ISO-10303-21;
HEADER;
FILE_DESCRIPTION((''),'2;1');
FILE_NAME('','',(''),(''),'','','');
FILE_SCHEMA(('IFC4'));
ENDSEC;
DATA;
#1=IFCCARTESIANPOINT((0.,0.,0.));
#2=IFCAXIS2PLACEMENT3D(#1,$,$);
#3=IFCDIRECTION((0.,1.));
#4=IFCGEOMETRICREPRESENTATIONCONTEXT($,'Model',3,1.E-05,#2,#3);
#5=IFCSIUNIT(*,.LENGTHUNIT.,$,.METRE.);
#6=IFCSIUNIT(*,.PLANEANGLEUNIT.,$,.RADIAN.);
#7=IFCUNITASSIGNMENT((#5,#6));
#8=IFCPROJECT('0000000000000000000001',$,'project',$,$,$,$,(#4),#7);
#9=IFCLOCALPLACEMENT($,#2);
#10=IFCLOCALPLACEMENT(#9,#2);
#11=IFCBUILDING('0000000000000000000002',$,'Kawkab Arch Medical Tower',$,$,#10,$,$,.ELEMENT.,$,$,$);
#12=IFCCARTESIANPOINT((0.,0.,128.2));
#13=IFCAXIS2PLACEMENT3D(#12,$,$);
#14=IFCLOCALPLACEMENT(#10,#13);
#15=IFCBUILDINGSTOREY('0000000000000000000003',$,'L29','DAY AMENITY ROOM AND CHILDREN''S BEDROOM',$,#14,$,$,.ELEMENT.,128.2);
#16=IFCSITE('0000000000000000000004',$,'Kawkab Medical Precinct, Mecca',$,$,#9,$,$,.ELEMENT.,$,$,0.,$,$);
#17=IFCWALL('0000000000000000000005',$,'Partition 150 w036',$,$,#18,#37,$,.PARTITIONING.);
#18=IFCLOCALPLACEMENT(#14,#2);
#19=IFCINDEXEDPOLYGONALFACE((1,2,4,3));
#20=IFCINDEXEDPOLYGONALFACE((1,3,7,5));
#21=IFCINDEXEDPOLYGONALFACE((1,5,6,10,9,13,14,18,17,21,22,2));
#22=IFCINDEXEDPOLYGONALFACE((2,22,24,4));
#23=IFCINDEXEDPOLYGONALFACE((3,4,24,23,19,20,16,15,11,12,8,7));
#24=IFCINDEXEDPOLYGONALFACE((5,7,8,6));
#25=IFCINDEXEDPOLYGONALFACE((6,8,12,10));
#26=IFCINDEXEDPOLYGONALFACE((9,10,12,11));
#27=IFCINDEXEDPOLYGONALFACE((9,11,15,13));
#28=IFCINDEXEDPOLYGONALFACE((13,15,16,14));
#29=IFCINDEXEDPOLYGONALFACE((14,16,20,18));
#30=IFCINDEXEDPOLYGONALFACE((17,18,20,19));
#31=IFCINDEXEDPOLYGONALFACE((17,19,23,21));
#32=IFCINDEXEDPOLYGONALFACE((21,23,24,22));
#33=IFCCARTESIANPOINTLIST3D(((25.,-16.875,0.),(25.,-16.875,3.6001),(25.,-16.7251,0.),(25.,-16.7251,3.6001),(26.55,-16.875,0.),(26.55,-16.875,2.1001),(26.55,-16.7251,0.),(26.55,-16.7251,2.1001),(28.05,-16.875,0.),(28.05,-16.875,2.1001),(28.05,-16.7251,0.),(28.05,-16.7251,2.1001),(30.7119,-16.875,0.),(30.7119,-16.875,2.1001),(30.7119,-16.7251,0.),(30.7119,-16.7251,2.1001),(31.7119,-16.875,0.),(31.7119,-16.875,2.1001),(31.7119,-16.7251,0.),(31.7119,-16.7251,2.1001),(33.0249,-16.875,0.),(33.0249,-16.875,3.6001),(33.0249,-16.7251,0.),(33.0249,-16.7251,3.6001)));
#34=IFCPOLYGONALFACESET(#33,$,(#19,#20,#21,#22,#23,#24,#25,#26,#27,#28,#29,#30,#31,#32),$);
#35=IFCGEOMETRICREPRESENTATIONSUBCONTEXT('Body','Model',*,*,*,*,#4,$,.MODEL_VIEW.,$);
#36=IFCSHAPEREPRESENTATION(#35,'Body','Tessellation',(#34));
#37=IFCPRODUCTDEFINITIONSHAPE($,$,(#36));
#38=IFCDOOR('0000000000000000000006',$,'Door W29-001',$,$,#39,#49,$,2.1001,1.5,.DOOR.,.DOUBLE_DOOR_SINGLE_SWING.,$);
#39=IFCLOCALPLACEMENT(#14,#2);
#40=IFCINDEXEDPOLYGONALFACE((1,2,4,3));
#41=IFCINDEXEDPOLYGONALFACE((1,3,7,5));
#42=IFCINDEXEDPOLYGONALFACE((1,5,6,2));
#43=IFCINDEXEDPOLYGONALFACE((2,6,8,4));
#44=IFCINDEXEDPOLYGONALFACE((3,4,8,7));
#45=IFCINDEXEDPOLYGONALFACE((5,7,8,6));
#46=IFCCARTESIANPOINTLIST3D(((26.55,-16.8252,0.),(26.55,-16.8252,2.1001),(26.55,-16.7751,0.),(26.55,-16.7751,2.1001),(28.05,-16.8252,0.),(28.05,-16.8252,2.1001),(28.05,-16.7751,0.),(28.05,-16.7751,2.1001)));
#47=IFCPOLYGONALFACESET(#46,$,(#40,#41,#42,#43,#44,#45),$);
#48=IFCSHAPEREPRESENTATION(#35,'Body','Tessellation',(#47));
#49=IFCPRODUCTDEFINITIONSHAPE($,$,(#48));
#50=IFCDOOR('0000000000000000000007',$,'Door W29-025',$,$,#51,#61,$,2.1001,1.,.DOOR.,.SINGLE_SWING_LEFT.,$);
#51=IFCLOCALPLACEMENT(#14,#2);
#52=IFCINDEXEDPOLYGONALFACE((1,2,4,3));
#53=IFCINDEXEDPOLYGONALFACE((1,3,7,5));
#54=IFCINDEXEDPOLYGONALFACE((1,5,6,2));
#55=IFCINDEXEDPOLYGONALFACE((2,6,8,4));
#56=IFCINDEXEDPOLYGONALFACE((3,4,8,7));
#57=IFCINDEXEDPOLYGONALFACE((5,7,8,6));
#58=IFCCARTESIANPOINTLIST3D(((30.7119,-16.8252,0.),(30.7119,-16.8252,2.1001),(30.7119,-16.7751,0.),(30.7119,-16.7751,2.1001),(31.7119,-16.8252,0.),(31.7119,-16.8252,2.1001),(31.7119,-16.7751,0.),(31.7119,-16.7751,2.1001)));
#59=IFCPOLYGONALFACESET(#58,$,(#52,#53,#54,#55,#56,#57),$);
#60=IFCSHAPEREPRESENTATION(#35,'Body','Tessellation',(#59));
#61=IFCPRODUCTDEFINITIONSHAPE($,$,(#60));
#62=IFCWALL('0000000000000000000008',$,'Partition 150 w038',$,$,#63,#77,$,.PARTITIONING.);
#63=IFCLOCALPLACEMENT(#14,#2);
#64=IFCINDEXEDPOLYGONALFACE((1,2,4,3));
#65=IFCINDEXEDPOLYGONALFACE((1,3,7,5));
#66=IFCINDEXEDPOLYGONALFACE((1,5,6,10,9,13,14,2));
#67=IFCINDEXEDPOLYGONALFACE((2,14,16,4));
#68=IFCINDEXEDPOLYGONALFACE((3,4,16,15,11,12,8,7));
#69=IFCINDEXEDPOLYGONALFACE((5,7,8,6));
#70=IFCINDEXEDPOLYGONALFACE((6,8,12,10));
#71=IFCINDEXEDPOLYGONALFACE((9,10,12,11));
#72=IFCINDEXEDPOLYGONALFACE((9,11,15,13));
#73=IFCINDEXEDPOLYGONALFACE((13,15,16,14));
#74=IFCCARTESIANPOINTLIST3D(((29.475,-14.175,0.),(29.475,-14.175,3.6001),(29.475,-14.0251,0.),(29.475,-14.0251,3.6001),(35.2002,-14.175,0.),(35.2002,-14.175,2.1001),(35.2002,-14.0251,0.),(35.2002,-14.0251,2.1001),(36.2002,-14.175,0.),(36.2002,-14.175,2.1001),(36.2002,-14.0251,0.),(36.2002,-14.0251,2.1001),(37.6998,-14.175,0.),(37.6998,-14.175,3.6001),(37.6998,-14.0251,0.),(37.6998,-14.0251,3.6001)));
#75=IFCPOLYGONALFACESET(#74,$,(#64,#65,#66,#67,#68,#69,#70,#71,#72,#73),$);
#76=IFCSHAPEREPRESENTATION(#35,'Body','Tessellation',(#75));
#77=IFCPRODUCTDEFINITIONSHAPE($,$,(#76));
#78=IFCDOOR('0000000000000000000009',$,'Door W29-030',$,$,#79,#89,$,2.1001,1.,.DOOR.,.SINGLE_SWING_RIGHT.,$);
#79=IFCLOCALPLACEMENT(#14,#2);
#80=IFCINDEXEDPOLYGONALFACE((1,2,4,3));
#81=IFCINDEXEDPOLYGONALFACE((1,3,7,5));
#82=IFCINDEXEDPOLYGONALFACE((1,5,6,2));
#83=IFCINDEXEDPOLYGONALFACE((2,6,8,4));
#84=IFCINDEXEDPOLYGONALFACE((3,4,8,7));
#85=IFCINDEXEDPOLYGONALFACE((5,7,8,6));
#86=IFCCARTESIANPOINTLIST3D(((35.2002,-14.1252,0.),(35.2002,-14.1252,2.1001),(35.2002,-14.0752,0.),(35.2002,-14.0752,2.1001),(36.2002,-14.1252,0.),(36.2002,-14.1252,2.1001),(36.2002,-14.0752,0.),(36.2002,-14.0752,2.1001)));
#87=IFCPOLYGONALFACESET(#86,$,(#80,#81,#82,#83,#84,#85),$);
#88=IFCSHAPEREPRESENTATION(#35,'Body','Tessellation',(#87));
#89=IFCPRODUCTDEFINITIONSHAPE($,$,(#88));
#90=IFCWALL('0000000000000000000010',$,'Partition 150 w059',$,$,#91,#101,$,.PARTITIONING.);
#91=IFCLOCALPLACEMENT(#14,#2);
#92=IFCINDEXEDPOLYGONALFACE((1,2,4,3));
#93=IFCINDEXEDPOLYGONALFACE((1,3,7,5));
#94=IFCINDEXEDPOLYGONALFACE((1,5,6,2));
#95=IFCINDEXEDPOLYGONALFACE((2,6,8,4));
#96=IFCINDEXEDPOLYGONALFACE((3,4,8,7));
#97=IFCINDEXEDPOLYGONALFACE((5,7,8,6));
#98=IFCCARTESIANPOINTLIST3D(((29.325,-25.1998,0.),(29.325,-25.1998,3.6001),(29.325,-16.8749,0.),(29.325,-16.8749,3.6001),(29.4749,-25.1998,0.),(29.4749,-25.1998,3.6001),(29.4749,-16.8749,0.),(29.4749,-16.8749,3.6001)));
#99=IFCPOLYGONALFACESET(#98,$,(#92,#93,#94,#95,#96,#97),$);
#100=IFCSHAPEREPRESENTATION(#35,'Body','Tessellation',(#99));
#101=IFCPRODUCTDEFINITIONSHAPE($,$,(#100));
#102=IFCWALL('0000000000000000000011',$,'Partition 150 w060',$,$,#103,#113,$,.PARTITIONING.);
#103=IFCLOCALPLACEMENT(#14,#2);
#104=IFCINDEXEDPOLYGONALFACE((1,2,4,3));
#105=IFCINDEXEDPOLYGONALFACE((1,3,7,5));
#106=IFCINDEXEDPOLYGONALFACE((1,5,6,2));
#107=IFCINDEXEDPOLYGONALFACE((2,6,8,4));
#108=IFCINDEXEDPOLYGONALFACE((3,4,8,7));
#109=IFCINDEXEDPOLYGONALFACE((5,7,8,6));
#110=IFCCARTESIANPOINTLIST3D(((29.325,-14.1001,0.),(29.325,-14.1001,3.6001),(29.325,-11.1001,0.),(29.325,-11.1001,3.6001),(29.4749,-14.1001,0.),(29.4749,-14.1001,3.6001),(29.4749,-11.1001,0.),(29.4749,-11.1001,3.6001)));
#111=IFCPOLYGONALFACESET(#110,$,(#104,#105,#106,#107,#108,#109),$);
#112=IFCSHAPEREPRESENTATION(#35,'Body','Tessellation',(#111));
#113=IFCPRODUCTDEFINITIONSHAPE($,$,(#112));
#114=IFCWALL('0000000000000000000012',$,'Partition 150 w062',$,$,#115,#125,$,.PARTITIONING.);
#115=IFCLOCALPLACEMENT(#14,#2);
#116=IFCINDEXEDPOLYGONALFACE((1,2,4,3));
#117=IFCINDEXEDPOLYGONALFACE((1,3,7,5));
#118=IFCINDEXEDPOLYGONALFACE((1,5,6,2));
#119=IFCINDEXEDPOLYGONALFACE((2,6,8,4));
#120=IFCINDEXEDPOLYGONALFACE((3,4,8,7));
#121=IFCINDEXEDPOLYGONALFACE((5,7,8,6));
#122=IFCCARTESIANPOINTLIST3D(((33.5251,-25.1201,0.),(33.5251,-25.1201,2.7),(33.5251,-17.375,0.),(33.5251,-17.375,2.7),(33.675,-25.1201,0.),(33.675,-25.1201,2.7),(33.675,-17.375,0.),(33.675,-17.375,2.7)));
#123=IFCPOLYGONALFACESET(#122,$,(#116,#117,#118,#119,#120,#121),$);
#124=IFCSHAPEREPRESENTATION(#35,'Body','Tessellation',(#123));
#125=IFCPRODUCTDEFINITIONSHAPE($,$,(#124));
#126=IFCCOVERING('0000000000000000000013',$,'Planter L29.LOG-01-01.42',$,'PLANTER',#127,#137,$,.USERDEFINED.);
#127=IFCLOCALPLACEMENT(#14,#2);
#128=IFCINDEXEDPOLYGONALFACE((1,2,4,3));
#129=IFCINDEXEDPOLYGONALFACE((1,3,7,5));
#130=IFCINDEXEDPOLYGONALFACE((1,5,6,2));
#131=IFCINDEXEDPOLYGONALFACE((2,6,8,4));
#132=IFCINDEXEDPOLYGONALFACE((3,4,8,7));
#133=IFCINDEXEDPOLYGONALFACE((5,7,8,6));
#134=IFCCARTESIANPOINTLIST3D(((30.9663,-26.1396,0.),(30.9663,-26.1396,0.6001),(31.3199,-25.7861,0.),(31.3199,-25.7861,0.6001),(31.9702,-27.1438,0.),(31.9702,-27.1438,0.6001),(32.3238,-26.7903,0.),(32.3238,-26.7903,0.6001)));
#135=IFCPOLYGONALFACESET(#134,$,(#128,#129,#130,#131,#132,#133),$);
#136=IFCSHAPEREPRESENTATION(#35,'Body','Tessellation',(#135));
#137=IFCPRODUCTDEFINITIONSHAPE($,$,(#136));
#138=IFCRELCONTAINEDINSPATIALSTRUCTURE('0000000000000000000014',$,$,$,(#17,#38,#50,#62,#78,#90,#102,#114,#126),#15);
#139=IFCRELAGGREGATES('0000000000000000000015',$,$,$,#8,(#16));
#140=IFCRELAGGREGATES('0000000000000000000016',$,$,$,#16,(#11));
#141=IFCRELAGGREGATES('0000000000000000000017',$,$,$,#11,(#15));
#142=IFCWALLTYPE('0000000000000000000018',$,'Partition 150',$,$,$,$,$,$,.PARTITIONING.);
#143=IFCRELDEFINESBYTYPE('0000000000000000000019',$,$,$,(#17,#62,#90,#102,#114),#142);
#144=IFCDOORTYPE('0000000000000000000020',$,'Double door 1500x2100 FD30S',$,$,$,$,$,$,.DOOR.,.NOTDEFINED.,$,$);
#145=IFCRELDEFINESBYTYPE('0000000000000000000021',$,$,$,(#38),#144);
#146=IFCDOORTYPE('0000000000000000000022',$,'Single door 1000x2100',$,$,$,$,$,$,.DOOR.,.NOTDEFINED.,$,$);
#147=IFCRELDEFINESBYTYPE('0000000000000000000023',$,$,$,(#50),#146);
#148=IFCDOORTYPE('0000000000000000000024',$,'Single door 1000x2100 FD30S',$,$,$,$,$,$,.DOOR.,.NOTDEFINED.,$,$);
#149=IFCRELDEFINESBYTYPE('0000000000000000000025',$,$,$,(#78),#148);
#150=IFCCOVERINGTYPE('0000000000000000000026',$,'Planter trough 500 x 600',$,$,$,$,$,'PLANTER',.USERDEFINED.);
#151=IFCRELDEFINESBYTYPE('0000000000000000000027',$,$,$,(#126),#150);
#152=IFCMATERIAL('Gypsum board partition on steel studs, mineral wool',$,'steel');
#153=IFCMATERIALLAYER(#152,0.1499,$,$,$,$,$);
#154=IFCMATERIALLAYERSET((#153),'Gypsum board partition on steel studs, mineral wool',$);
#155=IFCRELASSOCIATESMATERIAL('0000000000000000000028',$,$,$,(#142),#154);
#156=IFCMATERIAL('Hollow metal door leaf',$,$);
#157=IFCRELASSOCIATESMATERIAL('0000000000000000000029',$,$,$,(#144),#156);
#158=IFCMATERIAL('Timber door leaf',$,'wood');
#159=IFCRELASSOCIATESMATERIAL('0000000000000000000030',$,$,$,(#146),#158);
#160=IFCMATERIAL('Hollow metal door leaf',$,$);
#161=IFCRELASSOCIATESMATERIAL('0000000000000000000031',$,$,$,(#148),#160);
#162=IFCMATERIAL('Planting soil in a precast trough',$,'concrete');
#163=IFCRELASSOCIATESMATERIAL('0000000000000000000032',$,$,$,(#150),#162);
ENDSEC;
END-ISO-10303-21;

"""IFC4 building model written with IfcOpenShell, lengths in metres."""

from ifc_helpers import new_model, si_unit, direction, frame, frame_2d, origin, origin_2d, place, context, subcontext, project, spatial, rectangle, extrude, material, layer, layer_set, material_profile, profile_set, type_object, element, fill, save


model = new_model("IFC4")

# Units and contexts
model_context = context("Model", 3, precision=1e-05, world=origin(), true_north=direction((0.0, 1.0)))
body_context = subcontext(model_context, "Body", "Model", "MODEL_VIEW")
ifc_project = project(units=[si_unit("LENGTHUNIT", "METRE"), si_unit("PLANEANGLEUNIT", "RADIAN")], contexts=[model_context])

# Site, building, storey
site_placement = place(None, origin())
site = spatial("IfcSite", under=ifc_project, at=site_placement, Name="Kawkab Medical Precinct, Mecca", CompositionType="ELEMENT", RefElevation=0.0)
building_placement = place(site_placement, origin())
building = spatial("IfcBuilding", under=site, at=building_placement, Name="Kawkab Arch Medical Tower", CompositionType="ELEMENT")
storey_placement = place(building_placement, frame((0.0, 0.0, 128.2)))
storey = spatial("IfcBuildingStorey", under=building, at=storey_placement, Name="L29", Description="DAY AMENITY ROOM AND CHILDREN'S BEDROOM", CompositionType="ELEMENT", Elevation=128.2)

# Shared definitions
ifc_material_1 = material(Name="Gypsum board partition on steel studs, mineral wool", Category="steel")
ifc_layer_1 = layer(ifc_material_1, 0.1499)
ifc_layer_set_1 = layer_set([ifc_layer_1], Name="Gypsum board partition on steel studs, mineral wool")
wall_type_1 = type_object("IfcWallType", Name="Partition 150", PredefinedType="PARTITIONING", material=ifc_layer_set_1)

# Wall, openings, doors
wall_1_placement = place(storey_placement, frame((25.0, -16.8, 0.0), z_axis=(0.0, 0.0, 1.0), x_axis=(1.0, 0.0, 0.0)))
wall_1 = element("IfcWall", 1, at=wall_1_placement, inside=storey, type_object=wall_type_1, Name="Partition 150 w036", PredefinedType="PARTITIONING", context=body_context, shape_type="SweptSolid", body=[
    extrude(rectangle(XDim=8.0249, YDim=0.1499, at=frame_2d((4.0125, 0.0))), origin(), (0.0, 0.0, 1.0), 3.6001),
])
opening_1_placement = place(wall_1_placement, frame((1.55, 0.0, 0.0)))
opening_1 = element("IfcOpeningElement", 2, at=opening_1_placement, cuts=wall_1, PredefinedType="OPENING", context=body_context, shape_type="SweptSolid", body=[
    extrude(rectangle(XDim=1.5, YDim=2.1001, at=frame_2d((0.75, 1.05))), frame((0.0, 0.085, 0.0), z_axis=(0.0, -1.0, 0.0), x_axis=(1.0, 0.0, 0.0)), (0.0, 0.0, 1.0), 0.1699),
])
opening_2_placement = place(wall_1_placement, frame((5.7119, 0.0, 0.0)))
opening_2 = element("IfcOpeningElement", 3, at=opening_2_placement, cuts=wall_1, PredefinedType="OPENING", context=body_context, shape_type="SweptSolid", body=[
    extrude(rectangle(XDim=1.0, YDim=2.1001, at=frame_2d((0.5, 1.05))), frame((0.0, 0.085, 0.0), z_axis=(0.0, -1.0, 0.0), x_axis=(1.0, 0.0, 0.0)), (0.0, 0.0, 1.0), 0.1699),
])
ifc_material_2 = material(Name="Hollow metal door leaf")
door_type_1 = type_object("IfcDoorType", Name="Double door 1500x2100 FD30S", OperationType="NOTDEFINED", PredefinedType="DOOR", material=ifc_material_2)
door_1_placement = place(opening_1_placement, origin())
door_1 = element("IfcDoor", 4, at=door_1_placement, inside=storey, type_object=door_type_1, Name="Door W29-001", OperationType="DOUBLE_DOOR_SINGLE_SWING", OverallHeight=2.1001, OverallWidth=1.5, PredefinedType="DOOR", context=body_context, shape_type="SweptSolid", body=[
    extrude(rectangle(XDim=1.5, YDim=2.1001, at=frame_2d((0.75, 1.05))), frame((0.0, 0.0249, 0.0), z_axis=(0.0, -1.0, 0.0), x_axis=(1.0, 0.0, 0.0)), (0.0, 0.0, 1.0), 0.05),
])
fill(opening_1, door_1)
ifc_material_3 = material(Name="Timber door leaf", Category="wood")
door_type_2 = type_object("IfcDoorType", Name="Single door 1000x2100", OperationType="NOTDEFINED", PredefinedType="DOOR", material=ifc_material_3)
door_2_placement = place(opening_2_placement, origin())
door_2 = element("IfcDoor", 5, at=door_2_placement, inside=storey, type_object=door_type_2, Name="Door W29-025", OperationType="SINGLE_SWING_LEFT", OverallHeight=2.1001, OverallWidth=1.0, PredefinedType="DOOR", context=body_context, shape_type="SweptSolid", body=[
    extrude(rectangle(XDim=1.0, YDim=2.1001, at=frame_2d((0.5, 1.05))), frame((0.0, 0.0249, 0.0), z_axis=(0.0, -1.0, 0.0), x_axis=(1.0, 0.0, 0.0)), (0.0, 0.0, 1.0), 0.05),
])
fill(opening_2, door_2)

# Wall, opening, door
wall_2_placement = place(storey_placement, frame((29.4751, -14.1001, 0.0), z_axis=(0.0, 0.0, 1.0), x_axis=(1.0, 0.0, 0.0)))
wall_2 = element("IfcWall", 6, at=wall_2_placement, inside=storey, type_object=wall_type_1, Name="Partition 150 w038", PredefinedType="PARTITIONING", context=body_context, shape_type="SweptSolid", body=[
    extrude(rectangle(XDim=8.2249, YDim=0.1499, at=frame_2d((4.1123, 0.0))), origin(), (0.0, 0.0, 1.0), 3.6001),
])
opening_3_placement = place(wall_2_placement, frame((5.7251, 0.0, 0.0)))
opening_3 = element("IfcOpeningElement", 7, at=opening_3_placement, cuts=wall_2, PredefinedType="OPENING", context=body_context, shape_type="SweptSolid", body=[
    extrude(rectangle(XDim=1.0, YDim=2.1001, at=frame_2d((0.5, 1.05))), frame((0.0, 0.085, 0.0), z_axis=(0.0, -1.0, 0.0), x_axis=(1.0, 0.0, 0.0)), (0.0, 0.0, 1.0), 0.1699),
])
ifc_material_4 = material(Name="Hollow metal door leaf")
door_type_3 = type_object("IfcDoorType", Name="Single door 1000x2100 FD30S", OperationType="NOTDEFINED", PredefinedType="DOOR", material=ifc_material_4)
door_3_placement = place(opening_3_placement, origin())
door_3 = element("IfcDoor", 8, at=door_3_placement, inside=storey, type_object=door_type_3, Name="Door W29-030", OperationType="SINGLE_SWING_RIGHT", OverallHeight=2.1001, OverallWidth=1.0, PredefinedType="DOOR", context=body_context, shape_type="SweptSolid", body=[
    extrude(rectangle(XDim=1.0, YDim=2.1001, at=frame_2d((0.5, 1.05))), frame((0.0, 0.0249, 0.0), z_axis=(0.0, -1.0, 0.0), x_axis=(1.0, 0.0, 0.0)), (0.0, 0.0, 1.0), 0.05),
])
fill(opening_3, door_3)

# Walls
wall_3_placement = place(storey_placement, frame((29.3999, -25.2, 0.0), z_axis=(0.0, 0.0, 1.0), x_axis=(0.0, 1.0, 0.0)))
element("IfcWall", 9, at=wall_3_placement, inside=storey, type_object=wall_type_1, Name="Partition 150 w059", PredefinedType="PARTITIONING", context=body_context, shape_type="SweptSolid", body=[
    extrude(rectangle(XDim=8.325, YDim=0.1499, at=frame_2d((4.1626, 0.0))), origin(), (0.0, 0.0, 1.0), 3.6001),
])
wall_4_placement = place(storey_placement, frame((29.3999, -14.1001, 0.0), z_axis=(0.0, 0.0, 1.0), x_axis=(0.0, 1.0, 0.0)))
element("IfcWall", 10, at=wall_4_placement, inside=storey, type_object=wall_type_1, Name="Partition 150 w060", PredefinedType="PARTITIONING", context=body_context, shape_type="SweptSolid", body=[
    extrude(rectangle(XDim=3.0, YDim=0.1499, at=frame_2d((1.5, 0.0))), origin(), (0.0, 0.0, 1.0), 3.6001),
])
wall_5_placement = place(storey_placement, frame((33.6001, -25.1201, 0.0), z_axis=(0.0, 0.0, 1.0), x_axis=(0.0, 1.0, 0.0)))
element("IfcWall", 11, at=wall_5_placement, inside=storey, type_object=wall_type_1, Name="Partition 150 w062", PredefinedType="PARTITIONING", context=body_context, shape_type="SweptSolid", body=[
    extrude(rectangle(XDim=7.7451, YDim=0.1499, at=frame_2d((3.8726, 0.0))), origin(), (0.0, 0.0, 1.0), 2.7),
])

# Covering
ifc_material_5 = material(Name="Planting soil in a precast trough", Category="concrete")
ifc_material_profile_1 = material_profile(ifc_material_5, rectangle(XDim=0.5, YDim=0.6001, at=origin_2d()), Name="Trough 500x600")
ifc_profile_set_1 = profile_set([ifc_material_profile_1], Name="Planting soil in a precast trough")
covering_type = type_object("IfcCoveringType", Name="Planter trough 500 x 600", ElementType="PLANTER", PredefinedType="USERDEFINED", material=ifc_profile_set_1)
covering_placement = place(storey_placement, frame((31.1431, -25.9629, 0.3), z_axis=(0.707021, -0.707193, 0.0), x_axis=(0.707193, 0.707021, 0.0)))
element("IfcCovering", 12, at=covering_placement, inside=storey, type_object=covering_type, Name="Planter L29.LOG-01-01.42", ObjectType="PLANTER", PredefinedType="USERDEFINED", context=body_context, shape_type="SweptSolid", body=[
    extrude(rectangle(XDim=0.5, YDim=0.6001, at=origin_2d()), origin(), (0.0, 0.0, 1.0), 1.4199),
])

save(model, "model.ifc")
